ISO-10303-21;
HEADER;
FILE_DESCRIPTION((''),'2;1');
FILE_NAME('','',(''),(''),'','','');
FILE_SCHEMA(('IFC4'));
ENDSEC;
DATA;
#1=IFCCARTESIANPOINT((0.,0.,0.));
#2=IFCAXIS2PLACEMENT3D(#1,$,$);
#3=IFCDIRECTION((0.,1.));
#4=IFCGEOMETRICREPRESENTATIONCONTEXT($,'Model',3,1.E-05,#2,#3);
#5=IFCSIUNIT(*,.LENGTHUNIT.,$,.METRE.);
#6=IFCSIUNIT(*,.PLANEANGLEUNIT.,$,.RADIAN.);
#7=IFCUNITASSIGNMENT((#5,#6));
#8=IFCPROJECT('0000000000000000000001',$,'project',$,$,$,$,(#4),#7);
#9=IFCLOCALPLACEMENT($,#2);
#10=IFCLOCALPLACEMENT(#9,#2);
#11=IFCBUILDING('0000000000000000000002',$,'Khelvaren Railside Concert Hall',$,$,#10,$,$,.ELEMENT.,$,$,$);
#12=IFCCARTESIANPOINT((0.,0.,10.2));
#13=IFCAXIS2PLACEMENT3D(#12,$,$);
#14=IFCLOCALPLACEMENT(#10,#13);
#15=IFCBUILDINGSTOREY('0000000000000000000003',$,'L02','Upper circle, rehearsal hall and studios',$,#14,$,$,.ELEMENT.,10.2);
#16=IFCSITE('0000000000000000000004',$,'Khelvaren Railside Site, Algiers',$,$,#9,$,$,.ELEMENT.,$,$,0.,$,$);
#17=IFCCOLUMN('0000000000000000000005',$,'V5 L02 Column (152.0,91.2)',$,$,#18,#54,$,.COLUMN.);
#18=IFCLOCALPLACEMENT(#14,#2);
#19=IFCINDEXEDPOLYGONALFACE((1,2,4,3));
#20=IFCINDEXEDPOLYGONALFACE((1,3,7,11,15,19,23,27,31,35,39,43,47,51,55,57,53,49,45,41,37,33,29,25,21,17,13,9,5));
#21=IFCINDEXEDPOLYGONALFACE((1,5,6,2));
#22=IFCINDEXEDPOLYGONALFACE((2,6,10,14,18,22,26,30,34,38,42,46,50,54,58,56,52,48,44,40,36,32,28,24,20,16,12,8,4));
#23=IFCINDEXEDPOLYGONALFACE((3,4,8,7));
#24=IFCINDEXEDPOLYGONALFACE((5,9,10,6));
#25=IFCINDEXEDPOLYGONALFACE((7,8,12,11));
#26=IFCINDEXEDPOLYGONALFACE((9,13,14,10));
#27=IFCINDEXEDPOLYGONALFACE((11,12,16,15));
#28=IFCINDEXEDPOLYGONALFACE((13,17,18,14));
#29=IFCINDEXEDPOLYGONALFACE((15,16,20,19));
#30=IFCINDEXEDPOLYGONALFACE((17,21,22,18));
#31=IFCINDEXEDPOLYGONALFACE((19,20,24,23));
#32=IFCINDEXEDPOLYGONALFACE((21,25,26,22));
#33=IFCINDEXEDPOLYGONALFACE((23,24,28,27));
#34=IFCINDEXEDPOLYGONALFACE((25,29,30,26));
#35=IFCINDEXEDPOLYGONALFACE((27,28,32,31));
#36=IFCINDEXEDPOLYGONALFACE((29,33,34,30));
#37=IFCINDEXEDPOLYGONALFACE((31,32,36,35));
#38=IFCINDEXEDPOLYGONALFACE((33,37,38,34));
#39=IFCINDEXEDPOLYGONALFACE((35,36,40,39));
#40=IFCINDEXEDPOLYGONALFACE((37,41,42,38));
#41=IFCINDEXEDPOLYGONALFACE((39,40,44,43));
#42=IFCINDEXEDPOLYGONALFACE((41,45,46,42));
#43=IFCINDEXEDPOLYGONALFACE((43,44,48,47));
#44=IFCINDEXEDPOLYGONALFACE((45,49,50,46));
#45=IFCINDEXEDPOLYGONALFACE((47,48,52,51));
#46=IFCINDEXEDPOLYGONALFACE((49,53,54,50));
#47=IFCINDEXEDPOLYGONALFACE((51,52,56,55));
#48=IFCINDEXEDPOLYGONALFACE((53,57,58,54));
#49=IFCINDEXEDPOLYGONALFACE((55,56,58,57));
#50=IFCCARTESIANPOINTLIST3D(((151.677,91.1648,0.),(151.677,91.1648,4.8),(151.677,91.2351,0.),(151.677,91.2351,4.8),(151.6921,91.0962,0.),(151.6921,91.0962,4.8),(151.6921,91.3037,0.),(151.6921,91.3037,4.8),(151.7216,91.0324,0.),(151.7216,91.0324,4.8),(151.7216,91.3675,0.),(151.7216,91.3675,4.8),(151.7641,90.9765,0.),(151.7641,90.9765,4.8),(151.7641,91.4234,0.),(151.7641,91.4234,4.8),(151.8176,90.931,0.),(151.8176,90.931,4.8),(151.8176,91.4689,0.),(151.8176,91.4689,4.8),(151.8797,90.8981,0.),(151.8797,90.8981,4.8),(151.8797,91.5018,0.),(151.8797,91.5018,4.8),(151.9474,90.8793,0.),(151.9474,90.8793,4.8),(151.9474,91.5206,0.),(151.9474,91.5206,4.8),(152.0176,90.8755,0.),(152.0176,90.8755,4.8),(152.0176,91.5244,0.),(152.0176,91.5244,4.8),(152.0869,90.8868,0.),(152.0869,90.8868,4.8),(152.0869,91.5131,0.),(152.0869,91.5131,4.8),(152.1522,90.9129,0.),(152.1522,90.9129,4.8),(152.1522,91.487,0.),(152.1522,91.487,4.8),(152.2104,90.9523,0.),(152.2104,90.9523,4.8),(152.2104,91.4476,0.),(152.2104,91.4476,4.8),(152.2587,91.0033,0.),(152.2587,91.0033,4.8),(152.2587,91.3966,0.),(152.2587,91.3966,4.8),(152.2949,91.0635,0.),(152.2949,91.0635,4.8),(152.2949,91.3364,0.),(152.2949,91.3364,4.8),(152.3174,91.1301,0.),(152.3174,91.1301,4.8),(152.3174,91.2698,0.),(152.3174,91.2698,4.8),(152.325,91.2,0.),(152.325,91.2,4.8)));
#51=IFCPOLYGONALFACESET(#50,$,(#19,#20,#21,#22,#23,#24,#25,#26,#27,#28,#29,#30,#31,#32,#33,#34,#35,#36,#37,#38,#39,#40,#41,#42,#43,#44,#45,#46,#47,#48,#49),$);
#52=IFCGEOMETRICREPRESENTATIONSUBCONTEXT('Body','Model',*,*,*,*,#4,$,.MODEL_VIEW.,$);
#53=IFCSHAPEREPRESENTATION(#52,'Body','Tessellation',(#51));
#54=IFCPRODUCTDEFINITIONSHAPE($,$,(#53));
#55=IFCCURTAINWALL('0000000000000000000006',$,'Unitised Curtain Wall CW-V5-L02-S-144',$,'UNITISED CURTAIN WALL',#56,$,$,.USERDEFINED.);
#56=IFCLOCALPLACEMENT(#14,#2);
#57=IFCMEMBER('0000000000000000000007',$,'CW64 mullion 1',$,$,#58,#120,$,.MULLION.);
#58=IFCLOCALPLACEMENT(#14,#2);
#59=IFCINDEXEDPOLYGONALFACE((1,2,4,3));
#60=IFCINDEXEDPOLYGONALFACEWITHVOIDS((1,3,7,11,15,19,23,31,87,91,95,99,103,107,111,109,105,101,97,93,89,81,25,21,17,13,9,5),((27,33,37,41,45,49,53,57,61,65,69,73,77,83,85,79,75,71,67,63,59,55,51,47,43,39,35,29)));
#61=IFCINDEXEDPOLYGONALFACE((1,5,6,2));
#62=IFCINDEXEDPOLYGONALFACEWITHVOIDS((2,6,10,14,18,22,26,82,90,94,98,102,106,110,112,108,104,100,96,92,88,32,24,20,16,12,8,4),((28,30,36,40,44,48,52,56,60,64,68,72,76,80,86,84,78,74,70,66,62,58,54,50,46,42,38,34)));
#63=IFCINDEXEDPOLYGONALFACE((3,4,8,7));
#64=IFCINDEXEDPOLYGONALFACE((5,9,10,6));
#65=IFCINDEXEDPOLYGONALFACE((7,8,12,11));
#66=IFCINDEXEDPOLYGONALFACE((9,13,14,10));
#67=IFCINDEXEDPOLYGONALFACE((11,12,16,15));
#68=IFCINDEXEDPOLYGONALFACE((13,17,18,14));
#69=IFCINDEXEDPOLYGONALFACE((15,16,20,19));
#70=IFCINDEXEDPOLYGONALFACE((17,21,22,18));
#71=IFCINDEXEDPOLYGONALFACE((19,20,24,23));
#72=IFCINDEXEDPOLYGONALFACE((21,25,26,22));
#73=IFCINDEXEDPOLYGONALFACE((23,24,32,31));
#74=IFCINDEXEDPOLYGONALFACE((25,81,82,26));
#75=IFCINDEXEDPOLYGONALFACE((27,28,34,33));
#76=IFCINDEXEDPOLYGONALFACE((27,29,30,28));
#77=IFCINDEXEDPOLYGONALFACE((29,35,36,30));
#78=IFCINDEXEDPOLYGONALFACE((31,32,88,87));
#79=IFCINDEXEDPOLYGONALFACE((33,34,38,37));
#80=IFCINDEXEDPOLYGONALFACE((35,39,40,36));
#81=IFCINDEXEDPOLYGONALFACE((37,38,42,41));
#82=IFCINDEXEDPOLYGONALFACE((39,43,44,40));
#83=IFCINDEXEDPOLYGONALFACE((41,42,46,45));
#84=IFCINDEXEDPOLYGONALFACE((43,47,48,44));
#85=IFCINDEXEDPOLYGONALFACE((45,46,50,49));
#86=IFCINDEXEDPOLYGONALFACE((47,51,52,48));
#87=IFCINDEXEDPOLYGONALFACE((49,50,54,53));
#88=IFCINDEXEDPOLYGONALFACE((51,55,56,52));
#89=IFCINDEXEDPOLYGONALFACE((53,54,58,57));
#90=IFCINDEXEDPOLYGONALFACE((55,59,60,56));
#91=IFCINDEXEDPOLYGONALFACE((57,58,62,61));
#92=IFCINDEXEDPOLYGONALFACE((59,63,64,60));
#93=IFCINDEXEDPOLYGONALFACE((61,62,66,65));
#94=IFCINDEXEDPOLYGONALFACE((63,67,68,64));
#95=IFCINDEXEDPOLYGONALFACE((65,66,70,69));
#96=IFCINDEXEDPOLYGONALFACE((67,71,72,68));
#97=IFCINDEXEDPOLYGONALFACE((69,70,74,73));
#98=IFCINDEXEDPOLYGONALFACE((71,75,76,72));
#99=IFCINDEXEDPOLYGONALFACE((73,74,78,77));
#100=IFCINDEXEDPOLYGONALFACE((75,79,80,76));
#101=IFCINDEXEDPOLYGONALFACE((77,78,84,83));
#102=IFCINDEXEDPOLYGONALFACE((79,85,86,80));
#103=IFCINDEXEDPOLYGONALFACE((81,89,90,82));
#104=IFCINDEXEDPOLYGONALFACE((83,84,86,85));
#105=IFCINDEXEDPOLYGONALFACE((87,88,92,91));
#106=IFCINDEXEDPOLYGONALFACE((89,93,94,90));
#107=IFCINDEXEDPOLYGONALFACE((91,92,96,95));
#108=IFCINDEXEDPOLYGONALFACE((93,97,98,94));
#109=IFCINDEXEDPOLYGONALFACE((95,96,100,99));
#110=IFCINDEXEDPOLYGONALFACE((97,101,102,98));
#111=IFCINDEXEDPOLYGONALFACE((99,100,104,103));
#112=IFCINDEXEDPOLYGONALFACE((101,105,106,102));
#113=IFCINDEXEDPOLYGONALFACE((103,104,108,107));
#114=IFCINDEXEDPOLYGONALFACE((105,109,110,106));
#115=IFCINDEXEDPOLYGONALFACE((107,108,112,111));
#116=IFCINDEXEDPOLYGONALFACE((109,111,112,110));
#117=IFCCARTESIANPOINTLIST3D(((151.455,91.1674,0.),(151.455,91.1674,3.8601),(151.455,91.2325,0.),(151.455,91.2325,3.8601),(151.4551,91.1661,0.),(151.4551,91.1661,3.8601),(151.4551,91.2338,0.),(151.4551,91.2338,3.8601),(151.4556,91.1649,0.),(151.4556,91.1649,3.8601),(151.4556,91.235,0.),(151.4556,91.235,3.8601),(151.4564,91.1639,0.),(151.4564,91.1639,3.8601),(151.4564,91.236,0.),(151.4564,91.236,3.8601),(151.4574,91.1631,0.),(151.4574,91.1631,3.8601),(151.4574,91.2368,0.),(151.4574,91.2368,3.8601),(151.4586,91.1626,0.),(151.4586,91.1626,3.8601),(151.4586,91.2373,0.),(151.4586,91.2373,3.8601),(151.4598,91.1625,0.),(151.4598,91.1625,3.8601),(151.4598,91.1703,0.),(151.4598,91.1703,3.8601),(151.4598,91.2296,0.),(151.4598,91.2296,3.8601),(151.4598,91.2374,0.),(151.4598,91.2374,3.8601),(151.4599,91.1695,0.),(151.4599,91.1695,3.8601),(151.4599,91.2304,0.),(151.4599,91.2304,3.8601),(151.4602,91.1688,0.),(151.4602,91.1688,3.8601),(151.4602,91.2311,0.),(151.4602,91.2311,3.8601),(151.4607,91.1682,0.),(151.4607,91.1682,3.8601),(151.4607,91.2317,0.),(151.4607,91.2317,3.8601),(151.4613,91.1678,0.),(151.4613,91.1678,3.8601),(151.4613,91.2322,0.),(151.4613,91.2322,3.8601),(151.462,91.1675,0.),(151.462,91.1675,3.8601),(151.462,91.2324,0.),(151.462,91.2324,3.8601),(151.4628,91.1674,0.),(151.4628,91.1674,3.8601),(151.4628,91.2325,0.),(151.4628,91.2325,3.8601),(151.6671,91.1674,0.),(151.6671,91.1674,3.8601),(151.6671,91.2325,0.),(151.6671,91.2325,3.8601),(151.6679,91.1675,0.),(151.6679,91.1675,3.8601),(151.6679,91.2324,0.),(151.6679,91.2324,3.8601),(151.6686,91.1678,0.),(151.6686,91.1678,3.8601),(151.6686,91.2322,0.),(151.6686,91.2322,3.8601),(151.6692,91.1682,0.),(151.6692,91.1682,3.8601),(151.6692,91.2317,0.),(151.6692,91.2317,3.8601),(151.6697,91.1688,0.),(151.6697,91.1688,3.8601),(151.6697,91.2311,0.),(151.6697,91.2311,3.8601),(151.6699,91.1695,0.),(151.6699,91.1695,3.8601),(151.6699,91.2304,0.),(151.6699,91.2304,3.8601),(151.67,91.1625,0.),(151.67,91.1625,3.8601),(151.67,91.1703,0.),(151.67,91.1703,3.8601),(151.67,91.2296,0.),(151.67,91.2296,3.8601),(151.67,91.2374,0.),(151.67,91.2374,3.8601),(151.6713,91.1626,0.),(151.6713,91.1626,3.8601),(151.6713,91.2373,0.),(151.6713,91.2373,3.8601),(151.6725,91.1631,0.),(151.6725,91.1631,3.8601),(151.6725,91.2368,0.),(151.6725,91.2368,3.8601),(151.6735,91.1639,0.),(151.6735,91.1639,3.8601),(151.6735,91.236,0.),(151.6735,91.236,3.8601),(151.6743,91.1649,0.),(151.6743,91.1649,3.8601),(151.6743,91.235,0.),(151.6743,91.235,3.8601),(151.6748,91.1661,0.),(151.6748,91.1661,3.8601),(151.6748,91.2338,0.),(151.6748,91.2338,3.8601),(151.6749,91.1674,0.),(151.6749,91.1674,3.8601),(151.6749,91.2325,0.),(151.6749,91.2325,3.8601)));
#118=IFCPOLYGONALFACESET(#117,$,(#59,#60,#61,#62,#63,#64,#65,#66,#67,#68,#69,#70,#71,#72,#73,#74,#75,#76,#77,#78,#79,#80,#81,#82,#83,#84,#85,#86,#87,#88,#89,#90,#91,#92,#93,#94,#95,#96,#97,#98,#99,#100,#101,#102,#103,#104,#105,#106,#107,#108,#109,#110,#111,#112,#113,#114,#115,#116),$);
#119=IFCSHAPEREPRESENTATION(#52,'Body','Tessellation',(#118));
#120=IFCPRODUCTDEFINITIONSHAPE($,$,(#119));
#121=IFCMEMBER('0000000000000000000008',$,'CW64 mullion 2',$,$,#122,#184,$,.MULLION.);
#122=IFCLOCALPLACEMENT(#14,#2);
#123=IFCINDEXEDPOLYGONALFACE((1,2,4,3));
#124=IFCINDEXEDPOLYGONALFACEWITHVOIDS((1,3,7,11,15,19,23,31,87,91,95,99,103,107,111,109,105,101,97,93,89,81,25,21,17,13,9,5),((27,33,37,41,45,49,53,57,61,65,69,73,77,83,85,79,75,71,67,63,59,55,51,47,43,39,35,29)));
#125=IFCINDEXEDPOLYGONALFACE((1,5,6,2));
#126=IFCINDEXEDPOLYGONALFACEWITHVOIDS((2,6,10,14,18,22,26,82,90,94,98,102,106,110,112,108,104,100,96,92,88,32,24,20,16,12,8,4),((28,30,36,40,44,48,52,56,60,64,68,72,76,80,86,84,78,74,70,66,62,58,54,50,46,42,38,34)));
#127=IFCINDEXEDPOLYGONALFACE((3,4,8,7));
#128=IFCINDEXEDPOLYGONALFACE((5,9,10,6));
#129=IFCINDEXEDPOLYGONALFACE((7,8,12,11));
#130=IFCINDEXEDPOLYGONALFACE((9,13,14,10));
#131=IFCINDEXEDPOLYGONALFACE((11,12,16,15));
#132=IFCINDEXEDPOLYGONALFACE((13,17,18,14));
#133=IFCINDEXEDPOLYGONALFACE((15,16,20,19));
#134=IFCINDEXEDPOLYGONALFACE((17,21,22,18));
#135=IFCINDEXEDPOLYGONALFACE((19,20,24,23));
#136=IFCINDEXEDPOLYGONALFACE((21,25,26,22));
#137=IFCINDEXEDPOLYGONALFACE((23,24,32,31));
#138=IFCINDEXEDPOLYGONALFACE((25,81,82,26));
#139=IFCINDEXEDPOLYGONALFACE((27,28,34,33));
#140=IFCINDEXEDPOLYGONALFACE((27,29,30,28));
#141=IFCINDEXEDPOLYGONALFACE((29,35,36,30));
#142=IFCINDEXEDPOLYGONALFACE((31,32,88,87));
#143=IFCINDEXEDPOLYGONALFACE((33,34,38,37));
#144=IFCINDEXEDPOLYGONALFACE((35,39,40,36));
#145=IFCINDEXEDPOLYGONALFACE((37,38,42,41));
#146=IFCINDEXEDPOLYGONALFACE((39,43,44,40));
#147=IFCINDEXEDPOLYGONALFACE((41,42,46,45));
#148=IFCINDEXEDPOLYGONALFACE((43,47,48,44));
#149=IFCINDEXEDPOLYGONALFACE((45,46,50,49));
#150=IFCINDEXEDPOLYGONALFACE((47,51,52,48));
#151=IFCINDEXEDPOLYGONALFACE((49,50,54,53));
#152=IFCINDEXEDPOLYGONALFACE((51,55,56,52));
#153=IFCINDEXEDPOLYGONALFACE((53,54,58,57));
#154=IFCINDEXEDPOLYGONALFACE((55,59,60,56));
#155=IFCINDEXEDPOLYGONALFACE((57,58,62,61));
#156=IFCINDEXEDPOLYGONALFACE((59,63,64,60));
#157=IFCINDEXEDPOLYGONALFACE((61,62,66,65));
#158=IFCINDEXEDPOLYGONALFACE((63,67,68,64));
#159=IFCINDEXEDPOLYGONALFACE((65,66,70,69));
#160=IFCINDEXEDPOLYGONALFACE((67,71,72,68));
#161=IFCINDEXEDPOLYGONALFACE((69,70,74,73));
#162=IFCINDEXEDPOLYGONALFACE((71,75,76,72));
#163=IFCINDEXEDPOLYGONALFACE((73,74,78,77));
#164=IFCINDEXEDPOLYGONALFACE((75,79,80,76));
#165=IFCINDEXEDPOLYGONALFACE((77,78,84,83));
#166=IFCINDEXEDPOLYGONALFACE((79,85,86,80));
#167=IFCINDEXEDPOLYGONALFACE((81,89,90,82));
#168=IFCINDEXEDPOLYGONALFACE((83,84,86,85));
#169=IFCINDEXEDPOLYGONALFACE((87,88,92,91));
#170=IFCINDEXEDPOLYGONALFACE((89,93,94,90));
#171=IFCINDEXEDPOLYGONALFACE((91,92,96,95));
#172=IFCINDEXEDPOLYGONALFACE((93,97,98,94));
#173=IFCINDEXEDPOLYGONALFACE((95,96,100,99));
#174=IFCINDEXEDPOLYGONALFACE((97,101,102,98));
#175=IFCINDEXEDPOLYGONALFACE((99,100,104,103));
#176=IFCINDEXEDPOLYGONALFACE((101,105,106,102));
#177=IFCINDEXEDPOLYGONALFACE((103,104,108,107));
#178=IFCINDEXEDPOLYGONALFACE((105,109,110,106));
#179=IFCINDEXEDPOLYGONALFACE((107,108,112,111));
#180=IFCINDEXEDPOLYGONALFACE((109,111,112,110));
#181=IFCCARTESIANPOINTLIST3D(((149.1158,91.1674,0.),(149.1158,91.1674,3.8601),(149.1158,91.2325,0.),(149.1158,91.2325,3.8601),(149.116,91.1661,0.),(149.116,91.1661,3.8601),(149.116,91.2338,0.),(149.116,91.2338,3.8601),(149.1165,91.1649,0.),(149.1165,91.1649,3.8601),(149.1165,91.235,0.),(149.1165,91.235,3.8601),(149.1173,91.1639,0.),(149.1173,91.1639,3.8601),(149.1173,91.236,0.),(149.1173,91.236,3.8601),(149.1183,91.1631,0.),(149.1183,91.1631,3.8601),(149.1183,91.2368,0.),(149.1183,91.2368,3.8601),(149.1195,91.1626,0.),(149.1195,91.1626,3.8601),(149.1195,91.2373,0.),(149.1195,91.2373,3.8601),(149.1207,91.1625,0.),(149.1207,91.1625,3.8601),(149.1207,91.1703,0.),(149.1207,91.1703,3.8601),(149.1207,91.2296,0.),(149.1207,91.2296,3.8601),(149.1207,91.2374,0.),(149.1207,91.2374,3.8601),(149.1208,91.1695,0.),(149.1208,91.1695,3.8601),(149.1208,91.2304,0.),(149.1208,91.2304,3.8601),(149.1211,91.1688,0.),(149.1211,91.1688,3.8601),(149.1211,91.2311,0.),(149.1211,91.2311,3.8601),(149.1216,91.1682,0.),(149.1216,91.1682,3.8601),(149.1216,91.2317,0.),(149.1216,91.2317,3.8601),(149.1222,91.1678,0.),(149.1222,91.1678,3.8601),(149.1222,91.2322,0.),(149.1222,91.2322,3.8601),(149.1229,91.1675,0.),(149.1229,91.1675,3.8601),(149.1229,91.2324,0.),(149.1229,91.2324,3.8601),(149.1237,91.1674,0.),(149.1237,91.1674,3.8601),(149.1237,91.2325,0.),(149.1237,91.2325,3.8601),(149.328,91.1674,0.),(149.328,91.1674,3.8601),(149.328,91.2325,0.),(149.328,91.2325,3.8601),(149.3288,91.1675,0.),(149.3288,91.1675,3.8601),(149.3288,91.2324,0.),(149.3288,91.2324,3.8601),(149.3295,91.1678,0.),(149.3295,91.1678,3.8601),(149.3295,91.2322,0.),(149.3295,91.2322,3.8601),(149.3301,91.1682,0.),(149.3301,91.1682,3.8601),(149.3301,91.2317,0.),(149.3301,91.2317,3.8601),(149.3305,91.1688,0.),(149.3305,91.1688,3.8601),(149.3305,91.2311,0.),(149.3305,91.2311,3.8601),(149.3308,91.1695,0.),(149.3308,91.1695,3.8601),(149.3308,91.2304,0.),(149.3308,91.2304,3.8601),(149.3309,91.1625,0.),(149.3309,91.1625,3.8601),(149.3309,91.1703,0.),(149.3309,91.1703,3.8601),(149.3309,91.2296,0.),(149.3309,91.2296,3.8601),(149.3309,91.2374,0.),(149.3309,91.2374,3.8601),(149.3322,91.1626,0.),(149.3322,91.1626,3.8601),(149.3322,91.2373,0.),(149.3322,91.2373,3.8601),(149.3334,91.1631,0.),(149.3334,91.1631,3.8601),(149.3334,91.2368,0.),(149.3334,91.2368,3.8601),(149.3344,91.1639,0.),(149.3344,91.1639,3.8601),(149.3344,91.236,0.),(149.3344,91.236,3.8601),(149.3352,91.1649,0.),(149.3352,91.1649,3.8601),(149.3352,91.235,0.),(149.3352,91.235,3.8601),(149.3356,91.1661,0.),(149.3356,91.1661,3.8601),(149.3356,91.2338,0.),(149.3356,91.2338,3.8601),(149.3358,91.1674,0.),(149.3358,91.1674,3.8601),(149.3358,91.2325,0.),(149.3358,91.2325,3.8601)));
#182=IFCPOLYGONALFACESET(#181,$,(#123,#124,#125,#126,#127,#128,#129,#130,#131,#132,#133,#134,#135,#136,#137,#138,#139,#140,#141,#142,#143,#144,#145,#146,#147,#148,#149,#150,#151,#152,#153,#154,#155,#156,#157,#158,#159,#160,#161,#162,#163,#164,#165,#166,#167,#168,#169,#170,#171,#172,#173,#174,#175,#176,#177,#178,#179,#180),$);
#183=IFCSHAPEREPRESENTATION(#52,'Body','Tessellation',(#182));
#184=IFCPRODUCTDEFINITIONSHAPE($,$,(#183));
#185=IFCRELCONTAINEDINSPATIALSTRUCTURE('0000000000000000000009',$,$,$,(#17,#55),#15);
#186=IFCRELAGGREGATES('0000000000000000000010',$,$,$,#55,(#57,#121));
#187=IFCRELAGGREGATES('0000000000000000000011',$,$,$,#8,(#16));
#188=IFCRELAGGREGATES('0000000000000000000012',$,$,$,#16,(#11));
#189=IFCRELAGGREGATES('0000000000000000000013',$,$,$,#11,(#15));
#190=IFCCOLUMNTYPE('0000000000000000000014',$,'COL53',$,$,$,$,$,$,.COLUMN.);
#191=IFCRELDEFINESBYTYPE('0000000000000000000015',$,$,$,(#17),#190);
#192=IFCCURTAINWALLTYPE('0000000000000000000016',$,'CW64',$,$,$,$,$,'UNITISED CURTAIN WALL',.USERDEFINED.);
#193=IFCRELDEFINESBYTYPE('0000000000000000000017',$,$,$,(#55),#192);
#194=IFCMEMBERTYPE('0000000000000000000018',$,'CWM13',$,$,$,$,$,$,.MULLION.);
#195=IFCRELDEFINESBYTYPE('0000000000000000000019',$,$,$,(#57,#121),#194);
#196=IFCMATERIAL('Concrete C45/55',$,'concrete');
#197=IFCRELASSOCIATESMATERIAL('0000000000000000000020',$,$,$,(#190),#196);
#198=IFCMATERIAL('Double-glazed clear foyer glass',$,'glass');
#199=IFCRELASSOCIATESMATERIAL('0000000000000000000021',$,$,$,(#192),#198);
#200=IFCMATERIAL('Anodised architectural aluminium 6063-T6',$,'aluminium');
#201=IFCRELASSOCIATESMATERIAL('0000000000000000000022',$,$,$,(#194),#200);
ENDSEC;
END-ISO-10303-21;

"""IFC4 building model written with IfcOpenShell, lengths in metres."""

from ifc_helpers import new_model, si_unit, direction, frame, origin, origin_2d, place, context, subcontext, project, spatial, hollow_rectangle, circle, extrude, material, material_profile, profile_set, type_object, element, aggregate, save


model = new_model("IFC4")

# Units and contexts
model_context = context("Model", 3, precision=1e-05, world=origin(), true_north=direction((0.0, 1.0)))
body_context = subcontext(model_context, "Body", "Model", "MODEL_VIEW")
ifc_project = project(units=[si_unit("LENGTHUNIT", "METRE"), si_unit("PLANEANGLEUNIT", "RADIAN")], contexts=[model_context])

# Site, building, storey
site_placement = place(None, origin())
site = spatial("IfcSite", under=ifc_project, at=site_placement, Name="Khelvaren Railside Site, Algiers", CompositionType="ELEMENT", RefElevation=0.0)
building_placement = place(site_placement, origin())
building = spatial("IfcBuilding", under=site, at=building_placement, Name="Khelvaren Railside Concert Hall", CompositionType="ELEMENT")
storey_placement = place(building_placement, frame((0.0, 0.0, 10.2)))
storey = spatial("IfcBuildingStorey", under=building, at=storey_placement, Name="L02", Description="Upper circle, rehearsal hall and studios", CompositionType="ELEMENT", Elevation=10.2)

# Column
ifc_material_1 = material(Name="Concrete C45/55", Category="concrete")
ifc_material_profile_1 = material_profile(ifc_material_1, circle(Radius=0.325, at=origin_2d()), Name="RC D650")
ifc_profile_set_1 = profile_set([ifc_material_profile_1], Name="Concrete C45/55")
column_type = type_object("IfcColumnType", Name="COL53", PredefinedType="COLUMN", material=ifc_profile_set_1)
column_placement = place(storey_placement, frame((152.0, 91.2, 0.0), z_axis=(0.0, 0.0, 1.0), x_axis=(1.0, 0.0, 0.0)))
element("IfcColumn", 1, at=column_placement, inside=storey, type_object=column_type, Name="V5 L02 Column (152.0,91.2)", PredefinedType="COLUMN", context=body_context, shape_type="SweptSolid", body=[
    extrude(circle(Radius=0.325, at=origin_2d()), origin(), (0.0, 0.0, 1.0), 4.8),
])

# Curtain wall, members
ifc_material_2 = material(Name="Double-glazed clear foyer glass", Category="glass")
curtain_wall_type_1 = type_object("IfcCurtainWallType", Name="CW64", ElementType="UNITISED CURTAIN WALL", PredefinedType="USERDEFINED", material=ifc_material_2)
curtain_wall_1_placement = place(storey_placement, origin())
curtain_wall_1 = element("IfcCurtainWall", 2, at=curtain_wall_1_placement, inside=storey, type_object=curtain_wall_type_1, Name="Unitised Curtain Wall CW-V5-L02-S-144", ObjectType="UNITISED CURTAIN WALL", PredefinedType="USERDEFINED")
ifc_material_3 = material(Name="Anodised architectural aluminium 6063-T6", Category="aluminium")
ifc_material_profile_2 = material_profile(ifc_material_3, hollow_rectangle(XDim=0.075, YDim=0.22, WallThickness=0.0049, InnerFilletRadius=0.0029, OuterFilletRadius=0.0049, at=origin_2d()), Name="CWM 75x220x5")
ifc_profile_set_2 = profile_set([ifc_material_profile_2], Name="Anodised architectural aluminium 6063-T6")
member_type_1 = type_object("IfcMemberType", Name="CWM13", PredefinedType="MULLION", material=ifc_profile_set_2)
member_1_placement = place(storey_placement, frame((151.5649, 91.2, 0.0), z_axis=(0.0, 0.0, 1.0), x_axis=(0.0, -1.0, 0.0)))
member_1 = element("IfcMember", 3, at=member_1_placement, type_object=member_type_1, Name="CW64 mullion 1", PredefinedType="MULLION", context=body_context, shape_type="SweptSolid", body=[
    extrude(hollow_rectangle(XDim=0.075, YDim=0.22, WallThickness=0.0049, InnerFilletRadius=0.0029, OuterFilletRadius=0.0049, at=origin_2d()), origin(), (0.0, 0.0, 1.0), 3.8601),
])
member_2_placement = place(storey_placement, frame((149.2258, 91.2, 0.0), z_axis=(0.0, 0.0, 1.0), x_axis=(0.0, -1.0, 0.0)))
member_2 = element("IfcMember", 4, at=member_2_placement, type_object=member_type_1, Name="CW64 mullion 2", PredefinedType="MULLION", context=body_context, shape_type="SweptSolid", body=[
    extrude(hollow_rectangle(XDim=0.075, YDim=0.22, WallThickness=0.0049, InnerFilletRadius=0.0029, OuterFilletRadius=0.0049, at=origin_2d()), origin(), (0.0, 0.0, 1.0), 3.8601),
])

aggregate(curtain_wall_1, [member_1, member_2])

save(model, "model.ifc")
